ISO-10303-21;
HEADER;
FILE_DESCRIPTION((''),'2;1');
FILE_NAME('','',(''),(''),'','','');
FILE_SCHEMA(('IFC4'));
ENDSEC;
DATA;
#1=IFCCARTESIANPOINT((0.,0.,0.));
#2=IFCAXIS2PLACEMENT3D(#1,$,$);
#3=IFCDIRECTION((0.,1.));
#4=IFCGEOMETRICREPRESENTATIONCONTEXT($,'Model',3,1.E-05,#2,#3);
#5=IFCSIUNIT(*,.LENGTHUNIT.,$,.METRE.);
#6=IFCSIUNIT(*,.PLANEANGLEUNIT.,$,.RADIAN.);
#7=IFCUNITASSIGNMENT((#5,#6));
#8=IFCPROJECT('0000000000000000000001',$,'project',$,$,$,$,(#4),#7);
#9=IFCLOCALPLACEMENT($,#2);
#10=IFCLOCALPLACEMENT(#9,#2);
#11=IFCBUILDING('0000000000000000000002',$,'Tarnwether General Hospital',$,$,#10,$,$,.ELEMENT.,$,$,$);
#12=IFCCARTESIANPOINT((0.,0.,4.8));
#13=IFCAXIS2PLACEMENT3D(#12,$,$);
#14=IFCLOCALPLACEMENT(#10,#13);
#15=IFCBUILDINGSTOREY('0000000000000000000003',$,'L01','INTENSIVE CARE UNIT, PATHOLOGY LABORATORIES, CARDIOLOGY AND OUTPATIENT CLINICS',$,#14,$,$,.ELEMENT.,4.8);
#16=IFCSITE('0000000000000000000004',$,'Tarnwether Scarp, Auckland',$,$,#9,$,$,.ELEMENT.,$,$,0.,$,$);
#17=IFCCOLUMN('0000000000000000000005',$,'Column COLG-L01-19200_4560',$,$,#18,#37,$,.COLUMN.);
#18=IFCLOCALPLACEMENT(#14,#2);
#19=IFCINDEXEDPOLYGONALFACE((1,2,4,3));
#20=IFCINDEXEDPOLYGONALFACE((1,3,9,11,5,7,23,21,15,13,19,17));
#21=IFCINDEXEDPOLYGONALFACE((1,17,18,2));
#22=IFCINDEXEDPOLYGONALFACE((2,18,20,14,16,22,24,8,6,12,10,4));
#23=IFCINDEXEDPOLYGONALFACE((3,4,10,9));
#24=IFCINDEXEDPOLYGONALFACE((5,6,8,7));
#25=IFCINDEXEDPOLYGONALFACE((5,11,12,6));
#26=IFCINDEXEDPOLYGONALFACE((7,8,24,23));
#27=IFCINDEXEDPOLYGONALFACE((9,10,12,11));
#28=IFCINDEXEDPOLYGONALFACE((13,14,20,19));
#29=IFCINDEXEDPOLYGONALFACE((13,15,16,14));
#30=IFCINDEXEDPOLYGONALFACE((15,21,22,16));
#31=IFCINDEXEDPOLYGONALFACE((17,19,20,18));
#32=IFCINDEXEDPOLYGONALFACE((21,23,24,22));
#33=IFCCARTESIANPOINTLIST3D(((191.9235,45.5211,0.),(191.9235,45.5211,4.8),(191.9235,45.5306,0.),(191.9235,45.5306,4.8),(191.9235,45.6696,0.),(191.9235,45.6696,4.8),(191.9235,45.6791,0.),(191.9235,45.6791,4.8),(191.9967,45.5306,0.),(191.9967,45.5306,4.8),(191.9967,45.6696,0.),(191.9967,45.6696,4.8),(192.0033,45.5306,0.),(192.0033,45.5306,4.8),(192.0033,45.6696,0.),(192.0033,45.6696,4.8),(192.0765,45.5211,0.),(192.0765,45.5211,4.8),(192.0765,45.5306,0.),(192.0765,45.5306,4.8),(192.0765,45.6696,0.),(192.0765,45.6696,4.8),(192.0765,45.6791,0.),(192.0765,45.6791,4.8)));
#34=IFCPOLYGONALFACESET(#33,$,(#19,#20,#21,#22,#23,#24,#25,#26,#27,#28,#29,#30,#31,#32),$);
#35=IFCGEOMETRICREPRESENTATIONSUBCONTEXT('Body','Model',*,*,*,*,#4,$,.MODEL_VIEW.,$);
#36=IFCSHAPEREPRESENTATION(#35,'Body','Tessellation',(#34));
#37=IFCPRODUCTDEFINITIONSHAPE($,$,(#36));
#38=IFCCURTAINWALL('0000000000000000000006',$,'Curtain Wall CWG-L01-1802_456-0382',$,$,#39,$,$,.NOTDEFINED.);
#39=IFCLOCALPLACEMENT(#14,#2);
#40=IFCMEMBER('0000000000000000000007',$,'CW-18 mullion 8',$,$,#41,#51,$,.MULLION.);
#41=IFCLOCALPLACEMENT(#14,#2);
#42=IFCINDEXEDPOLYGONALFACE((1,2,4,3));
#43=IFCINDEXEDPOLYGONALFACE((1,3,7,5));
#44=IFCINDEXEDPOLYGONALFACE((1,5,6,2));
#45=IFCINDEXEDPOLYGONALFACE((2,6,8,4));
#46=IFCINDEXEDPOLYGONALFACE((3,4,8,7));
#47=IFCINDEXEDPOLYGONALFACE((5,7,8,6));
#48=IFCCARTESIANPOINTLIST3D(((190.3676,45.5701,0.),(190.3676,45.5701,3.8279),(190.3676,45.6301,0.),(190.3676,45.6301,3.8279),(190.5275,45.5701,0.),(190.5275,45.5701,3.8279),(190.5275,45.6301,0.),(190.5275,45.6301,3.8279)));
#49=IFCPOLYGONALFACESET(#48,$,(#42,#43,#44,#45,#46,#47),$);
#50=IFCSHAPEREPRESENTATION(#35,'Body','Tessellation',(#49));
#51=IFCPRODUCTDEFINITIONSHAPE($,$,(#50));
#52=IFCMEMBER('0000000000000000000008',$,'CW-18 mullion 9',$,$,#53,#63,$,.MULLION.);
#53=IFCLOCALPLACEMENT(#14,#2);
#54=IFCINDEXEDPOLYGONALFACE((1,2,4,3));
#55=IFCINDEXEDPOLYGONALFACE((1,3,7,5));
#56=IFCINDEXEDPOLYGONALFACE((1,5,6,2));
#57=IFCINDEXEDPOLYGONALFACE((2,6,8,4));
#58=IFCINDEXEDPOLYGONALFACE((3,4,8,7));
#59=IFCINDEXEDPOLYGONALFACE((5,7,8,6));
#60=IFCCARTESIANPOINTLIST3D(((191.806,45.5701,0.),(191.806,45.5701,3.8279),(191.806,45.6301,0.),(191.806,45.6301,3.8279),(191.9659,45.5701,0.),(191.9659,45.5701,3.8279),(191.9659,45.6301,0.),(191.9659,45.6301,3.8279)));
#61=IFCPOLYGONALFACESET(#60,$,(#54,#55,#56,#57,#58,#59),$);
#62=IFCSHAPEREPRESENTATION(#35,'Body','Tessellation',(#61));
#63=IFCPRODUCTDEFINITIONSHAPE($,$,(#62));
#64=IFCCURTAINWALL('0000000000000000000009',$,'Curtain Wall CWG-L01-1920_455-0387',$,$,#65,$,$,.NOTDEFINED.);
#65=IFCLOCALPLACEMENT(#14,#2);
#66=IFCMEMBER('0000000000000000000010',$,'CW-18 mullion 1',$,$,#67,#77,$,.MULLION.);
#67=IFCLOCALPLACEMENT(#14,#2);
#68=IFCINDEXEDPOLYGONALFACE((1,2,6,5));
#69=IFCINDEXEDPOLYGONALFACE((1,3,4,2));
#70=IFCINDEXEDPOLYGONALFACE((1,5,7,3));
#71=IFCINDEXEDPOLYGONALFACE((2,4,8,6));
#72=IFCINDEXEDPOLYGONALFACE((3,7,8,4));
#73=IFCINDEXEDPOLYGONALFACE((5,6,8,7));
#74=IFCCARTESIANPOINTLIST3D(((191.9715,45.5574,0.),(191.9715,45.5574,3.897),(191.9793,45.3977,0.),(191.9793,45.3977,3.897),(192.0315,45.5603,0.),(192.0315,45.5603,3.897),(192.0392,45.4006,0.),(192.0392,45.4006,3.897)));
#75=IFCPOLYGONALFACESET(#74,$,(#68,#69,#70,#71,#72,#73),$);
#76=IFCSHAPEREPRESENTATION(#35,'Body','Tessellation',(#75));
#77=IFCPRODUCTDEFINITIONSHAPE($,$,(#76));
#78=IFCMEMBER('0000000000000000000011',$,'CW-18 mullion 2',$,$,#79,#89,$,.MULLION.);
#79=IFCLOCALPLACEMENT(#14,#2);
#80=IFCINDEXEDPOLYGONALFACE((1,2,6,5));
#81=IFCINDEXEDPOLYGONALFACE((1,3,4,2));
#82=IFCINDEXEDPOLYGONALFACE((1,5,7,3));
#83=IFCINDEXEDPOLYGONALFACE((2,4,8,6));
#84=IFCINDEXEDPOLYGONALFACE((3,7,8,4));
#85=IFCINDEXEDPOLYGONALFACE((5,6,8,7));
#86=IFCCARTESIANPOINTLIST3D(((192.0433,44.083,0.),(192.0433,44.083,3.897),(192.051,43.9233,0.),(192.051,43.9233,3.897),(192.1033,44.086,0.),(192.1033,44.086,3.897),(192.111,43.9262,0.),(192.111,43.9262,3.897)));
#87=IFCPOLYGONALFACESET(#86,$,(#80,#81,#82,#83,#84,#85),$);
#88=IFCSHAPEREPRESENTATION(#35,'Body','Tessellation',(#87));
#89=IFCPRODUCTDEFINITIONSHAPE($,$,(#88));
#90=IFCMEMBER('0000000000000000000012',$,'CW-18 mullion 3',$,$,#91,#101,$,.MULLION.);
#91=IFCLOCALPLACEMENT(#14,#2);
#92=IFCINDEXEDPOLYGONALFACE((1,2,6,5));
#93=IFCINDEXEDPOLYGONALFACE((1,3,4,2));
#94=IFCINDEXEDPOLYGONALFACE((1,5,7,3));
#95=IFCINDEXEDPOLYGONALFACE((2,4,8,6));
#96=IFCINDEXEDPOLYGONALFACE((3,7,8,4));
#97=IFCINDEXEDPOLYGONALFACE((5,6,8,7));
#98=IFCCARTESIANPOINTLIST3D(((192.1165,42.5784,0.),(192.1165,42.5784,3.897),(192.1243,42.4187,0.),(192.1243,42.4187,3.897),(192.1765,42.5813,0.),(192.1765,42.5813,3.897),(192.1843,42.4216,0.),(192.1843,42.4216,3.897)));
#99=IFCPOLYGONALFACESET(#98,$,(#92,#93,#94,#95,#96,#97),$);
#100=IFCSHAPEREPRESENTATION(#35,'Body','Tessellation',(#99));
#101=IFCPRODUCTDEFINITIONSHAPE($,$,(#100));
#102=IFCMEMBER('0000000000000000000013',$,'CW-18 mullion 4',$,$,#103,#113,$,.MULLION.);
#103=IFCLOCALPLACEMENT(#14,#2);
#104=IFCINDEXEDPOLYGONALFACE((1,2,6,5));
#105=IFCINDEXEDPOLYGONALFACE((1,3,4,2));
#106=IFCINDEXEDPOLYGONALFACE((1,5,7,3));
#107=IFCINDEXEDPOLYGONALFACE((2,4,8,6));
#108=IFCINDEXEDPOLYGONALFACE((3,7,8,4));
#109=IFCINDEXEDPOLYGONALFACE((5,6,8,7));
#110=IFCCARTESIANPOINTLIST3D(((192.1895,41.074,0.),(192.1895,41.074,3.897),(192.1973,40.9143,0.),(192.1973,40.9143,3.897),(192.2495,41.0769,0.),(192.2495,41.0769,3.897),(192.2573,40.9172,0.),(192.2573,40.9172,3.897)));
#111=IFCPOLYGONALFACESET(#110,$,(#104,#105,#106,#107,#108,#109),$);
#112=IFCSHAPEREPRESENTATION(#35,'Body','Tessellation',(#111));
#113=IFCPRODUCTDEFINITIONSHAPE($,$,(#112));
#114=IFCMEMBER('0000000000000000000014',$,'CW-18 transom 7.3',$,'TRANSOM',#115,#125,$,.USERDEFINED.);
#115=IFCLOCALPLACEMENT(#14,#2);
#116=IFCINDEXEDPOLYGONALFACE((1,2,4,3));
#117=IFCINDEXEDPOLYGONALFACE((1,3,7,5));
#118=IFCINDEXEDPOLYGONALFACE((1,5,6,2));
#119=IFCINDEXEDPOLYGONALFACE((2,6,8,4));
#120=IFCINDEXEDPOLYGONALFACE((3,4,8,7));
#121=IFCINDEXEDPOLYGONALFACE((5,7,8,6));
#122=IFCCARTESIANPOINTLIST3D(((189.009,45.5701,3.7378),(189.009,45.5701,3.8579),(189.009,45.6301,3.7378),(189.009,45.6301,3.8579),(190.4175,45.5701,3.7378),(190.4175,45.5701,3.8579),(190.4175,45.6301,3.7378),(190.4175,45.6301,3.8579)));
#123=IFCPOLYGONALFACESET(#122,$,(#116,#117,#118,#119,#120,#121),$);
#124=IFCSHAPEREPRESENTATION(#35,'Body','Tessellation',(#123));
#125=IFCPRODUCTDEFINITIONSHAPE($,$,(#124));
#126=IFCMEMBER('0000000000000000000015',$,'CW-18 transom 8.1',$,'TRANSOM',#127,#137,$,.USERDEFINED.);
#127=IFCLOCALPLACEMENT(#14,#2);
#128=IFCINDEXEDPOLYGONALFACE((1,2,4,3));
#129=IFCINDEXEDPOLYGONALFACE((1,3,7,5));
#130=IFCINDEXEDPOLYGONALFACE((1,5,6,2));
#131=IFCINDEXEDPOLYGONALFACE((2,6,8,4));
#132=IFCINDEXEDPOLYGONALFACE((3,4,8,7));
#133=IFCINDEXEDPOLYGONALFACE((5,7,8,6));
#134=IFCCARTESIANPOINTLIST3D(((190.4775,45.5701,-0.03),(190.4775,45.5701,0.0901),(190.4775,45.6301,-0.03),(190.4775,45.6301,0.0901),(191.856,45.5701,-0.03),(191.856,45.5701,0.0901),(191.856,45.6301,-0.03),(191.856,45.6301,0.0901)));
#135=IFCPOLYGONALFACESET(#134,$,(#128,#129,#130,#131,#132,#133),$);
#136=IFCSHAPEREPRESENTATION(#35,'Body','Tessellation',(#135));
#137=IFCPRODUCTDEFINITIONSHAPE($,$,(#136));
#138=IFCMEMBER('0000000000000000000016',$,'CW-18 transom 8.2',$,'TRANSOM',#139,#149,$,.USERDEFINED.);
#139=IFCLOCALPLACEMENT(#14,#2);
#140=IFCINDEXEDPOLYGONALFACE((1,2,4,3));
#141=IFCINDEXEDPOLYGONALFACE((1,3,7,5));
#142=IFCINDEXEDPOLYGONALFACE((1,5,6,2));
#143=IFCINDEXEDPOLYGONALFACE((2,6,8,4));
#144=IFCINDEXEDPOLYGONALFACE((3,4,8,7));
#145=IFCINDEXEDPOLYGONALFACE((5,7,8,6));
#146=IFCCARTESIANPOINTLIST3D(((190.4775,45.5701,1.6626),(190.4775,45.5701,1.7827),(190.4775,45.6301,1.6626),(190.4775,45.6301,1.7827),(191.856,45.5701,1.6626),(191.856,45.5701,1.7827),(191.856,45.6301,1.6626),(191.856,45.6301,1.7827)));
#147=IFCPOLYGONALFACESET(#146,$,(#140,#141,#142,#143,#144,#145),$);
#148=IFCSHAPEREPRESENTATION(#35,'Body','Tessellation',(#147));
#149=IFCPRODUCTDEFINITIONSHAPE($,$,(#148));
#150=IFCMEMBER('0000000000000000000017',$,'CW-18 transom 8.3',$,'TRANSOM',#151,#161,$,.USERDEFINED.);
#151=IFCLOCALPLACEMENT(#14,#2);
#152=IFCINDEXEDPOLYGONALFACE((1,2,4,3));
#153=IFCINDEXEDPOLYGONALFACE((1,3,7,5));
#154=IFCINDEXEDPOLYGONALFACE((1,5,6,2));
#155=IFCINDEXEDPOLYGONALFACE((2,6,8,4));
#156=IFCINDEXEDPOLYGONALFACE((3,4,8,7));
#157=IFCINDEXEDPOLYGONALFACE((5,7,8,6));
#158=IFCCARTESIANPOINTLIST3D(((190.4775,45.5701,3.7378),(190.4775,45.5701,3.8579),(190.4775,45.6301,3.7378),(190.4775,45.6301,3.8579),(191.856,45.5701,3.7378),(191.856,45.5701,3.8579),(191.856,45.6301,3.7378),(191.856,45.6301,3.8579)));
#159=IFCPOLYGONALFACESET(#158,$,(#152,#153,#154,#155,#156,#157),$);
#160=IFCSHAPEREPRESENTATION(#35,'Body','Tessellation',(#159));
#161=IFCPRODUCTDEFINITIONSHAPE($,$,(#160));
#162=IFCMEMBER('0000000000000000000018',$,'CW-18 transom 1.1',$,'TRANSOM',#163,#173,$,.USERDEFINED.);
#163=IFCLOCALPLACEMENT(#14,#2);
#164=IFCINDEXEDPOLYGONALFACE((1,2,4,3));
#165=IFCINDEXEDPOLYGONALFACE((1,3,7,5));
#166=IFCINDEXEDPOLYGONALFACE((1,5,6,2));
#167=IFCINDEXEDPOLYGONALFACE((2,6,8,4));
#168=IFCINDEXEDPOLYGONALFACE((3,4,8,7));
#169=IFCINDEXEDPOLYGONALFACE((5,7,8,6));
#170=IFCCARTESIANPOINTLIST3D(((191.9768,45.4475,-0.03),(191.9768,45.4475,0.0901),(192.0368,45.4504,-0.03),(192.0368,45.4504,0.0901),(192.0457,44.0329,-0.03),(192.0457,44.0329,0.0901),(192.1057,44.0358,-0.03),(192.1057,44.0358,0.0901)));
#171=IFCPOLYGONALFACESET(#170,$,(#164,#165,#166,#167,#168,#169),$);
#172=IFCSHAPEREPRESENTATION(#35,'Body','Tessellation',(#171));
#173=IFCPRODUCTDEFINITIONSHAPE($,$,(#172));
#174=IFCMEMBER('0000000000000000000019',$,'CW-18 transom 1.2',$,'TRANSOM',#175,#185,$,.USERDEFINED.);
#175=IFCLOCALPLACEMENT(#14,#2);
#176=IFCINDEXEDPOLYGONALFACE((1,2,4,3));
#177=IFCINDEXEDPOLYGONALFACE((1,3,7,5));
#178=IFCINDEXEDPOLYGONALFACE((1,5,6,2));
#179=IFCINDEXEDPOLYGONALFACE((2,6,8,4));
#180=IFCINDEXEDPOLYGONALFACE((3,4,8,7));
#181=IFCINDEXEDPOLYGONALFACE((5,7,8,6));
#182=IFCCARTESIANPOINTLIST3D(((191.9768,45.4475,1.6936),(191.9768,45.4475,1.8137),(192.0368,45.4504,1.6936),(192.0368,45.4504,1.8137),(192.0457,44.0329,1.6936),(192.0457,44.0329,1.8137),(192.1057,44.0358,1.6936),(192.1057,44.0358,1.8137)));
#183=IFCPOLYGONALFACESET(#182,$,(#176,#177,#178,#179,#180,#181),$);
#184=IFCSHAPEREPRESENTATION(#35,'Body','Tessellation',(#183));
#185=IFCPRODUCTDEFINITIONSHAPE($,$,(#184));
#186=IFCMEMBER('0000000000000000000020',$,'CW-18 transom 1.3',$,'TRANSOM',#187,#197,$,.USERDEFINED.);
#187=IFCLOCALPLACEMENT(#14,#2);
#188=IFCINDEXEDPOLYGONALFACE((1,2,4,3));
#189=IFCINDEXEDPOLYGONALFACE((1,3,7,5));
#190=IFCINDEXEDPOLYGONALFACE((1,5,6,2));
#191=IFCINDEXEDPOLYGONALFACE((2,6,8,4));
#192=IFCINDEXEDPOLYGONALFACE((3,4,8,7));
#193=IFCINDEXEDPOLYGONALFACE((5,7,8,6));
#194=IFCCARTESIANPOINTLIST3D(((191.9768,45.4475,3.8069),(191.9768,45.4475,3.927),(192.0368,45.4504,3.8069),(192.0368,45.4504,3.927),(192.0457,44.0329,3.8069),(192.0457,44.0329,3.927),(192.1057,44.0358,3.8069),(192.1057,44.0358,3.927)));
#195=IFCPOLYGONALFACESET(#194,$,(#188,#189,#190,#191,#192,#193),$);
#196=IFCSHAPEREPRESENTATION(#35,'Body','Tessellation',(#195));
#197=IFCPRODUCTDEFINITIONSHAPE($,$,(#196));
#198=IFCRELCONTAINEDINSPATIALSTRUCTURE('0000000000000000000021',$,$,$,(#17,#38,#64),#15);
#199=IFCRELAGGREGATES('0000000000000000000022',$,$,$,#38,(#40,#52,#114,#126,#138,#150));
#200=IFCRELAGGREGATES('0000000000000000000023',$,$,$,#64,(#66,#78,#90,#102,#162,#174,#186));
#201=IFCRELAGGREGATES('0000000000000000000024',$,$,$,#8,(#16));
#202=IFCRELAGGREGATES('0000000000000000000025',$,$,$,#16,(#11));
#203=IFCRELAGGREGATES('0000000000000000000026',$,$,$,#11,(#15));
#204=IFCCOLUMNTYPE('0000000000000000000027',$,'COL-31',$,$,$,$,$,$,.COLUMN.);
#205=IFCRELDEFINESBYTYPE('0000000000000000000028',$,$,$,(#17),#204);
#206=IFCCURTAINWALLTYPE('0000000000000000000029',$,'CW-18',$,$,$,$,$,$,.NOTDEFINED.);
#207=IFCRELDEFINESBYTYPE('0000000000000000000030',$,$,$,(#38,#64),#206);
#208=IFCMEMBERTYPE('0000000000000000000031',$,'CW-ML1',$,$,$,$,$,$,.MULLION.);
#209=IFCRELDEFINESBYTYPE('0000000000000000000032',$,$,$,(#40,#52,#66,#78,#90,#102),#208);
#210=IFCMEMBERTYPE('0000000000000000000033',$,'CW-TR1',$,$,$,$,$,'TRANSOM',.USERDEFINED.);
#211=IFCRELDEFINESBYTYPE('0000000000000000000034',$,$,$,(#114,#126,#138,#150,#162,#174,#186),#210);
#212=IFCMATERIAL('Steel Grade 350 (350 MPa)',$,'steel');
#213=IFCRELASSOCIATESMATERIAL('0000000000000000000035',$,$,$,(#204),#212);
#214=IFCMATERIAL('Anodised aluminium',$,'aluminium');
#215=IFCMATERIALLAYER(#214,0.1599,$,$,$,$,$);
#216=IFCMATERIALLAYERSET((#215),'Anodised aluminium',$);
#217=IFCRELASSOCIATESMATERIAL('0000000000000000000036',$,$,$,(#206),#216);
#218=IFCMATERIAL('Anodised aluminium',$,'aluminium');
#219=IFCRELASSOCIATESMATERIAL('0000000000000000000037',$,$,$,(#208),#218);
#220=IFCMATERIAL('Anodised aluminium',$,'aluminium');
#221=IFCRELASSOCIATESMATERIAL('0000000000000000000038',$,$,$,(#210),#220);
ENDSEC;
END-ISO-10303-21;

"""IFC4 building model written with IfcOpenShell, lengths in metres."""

from ifc_helpers import new_model, si_unit, direction, frame, origin, origin_2d, place, context, subcontext, project, spatial, rectangle, i_section, extrude, material, layer, layer_set, material_profile, profile_set, type_object, element, aggregate, save


model = new_model("IFC4")

# Units and contexts
model_context = context("Model", 3, precision=1e-05, world=origin(), true_north=direction((0.0, 1.0)))
body_context = subcontext(model_context, "Body", "Model", "MODEL_VIEW")
ifc_project = project(units=[si_unit("LENGTHUNIT", "METRE"), si_unit("PLANEANGLEUNIT", "RADIAN")], contexts=[model_context])

# Site, building, storey
site_placement = place(None, origin())
site = spatial("IfcSite", under=ifc_project, at=site_placement, Name="Tarnwether Scarp, Auckland", CompositionType="ELEMENT", RefElevation=0.0)
building_placement = place(site_placement, origin())
building = spatial("IfcBuilding", under=site, at=building_placement, Name="Tarnwether General Hospital", CompositionType="ELEMENT")
storey_placement = place(building_placement, frame((0.0, 0.0, 4.8)))
storey = spatial("IfcBuildingStorey", under=building, at=storey_placement, Name="L01", Description="INTENSIVE CARE UNIT, PATHOLOGY LABORATORIES, CARDIOLOGY AND OUTPATIENT CLINICS", CompositionType="ELEMENT", Elevation=4.8)

# Column
ifc_material_1 = material(Name="Steel Grade 350 (350 MPa)", Category="steel")
ifc_material_profile_1 = material_profile(ifc_material_1, i_section(OverallWidth=0.1531, OverallDepth=0.158, WebThickness=0.0066, FlangeThickness=0.0095, at=origin_2d()), Name="150UC30.0")
ifc_profile_set_1 = profile_set([ifc_material_profile_1], Name="Steel Grade 350 (350 MPa)")
column_type = type_object("IfcColumnType", Name="COL-31", PredefinedType="COLUMN", material=ifc_profile_set_1)
column_placement = place(storey_placement, frame((192.0, 45.6001, 0.0), z_axis=(0.0, 0.0, 1.0), x_axis=(1.0, 0.0, 0.0)))
element("IfcColumn", 1, at=column_placement, inside=storey, type_object=column_type, Name="Column COLG-L01-19200_4560", PredefinedType="COLUMN", context=body_context, shape_type="SweptSolid", body=[
    extrude(i_section(OverallWidth=0.1531, OverallDepth=0.158, WebThickness=0.0066, FlangeThickness=0.0095, at=origin_2d()), origin(), (0.0, 0.0, 1.0), 4.8),
])

# Curtain walls, members
ifc_material_2 = material(Name="Anodised aluminium", Category="aluminium")
ifc_layer_1 = layer(ifc_material_2, 0.1599)
ifc_layer_set_1 = layer_set([ifc_layer_1], Name="Anodised aluminium")
curtain_wall_type = type_object("IfcCurtainWallType", Name="CW-18", PredefinedType="NOTDEFINED", material=ifc_layer_set_1)
curtain_wall_1_placement = place(storey_placement, origin())
curtain_wall_1 = element("IfcCurtainWall", 2, at=curtain_wall_1_placement, inside=storey, type_object=curtain_wall_type, Name="Curtain Wall CWG-L01-1802_456-0382", PredefinedType="NOTDEFINED")
ifc_material_3 = material(Name="Anodised aluminium", Category="aluminium")
ifc_material_profile_2 = material_profile(ifc_material_3, rectangle(XDim=0.0601, YDim=0.1599, at=origin_2d()), Name="ALU-MUL-60x160")
ifc_profile_set_2 = profile_set([ifc_material_profile_2], Name="Anodised aluminium")
member_type_1 = type_object("IfcMemberType", Name="CW-ML1", PredefinedType="MULLION", material=ifc_profile_set_2)
member_1_placement = place(storey_placement, frame((190.4475, 45.6001, 0.0), z_axis=(0.0, 0.0, 1.0), x_axis=(0.0, 1.0, 0.0)))
member_1 = element("IfcMember", 3, at=member_1_placement, type_object=member_type_1, Name="CW-18 mullion 8", PredefinedType="MULLION", context=body_context, shape_type="SweptSolid", body=[
    extrude(rectangle(XDim=0.0601, YDim=0.1599, at=origin_2d()), origin(), (0.0, 0.0, 1.0), 3.8279),
])
member_2_placement = place(storey_placement, frame((191.886, 45.6001, 0.0), z_axis=(0.0, 0.0, 1.0), x_axis=(0.0, 1.0, 0.0)))
member_2 = element("IfcMember", 4, at=member_2_placement, type_object=member_type_1, Name="CW-18 mullion 9", PredefinedType="MULLION", context=body_context, shape_type="SweptSolid", body=[
    extrude(rectangle(XDim=0.0601, YDim=0.1599, at=origin_2d()), origin(), (0.0, 0.0, 1.0), 3.8279),
])
curtain_wall_2_placement = place(storey_placement, origin())
curtain_wall_2 = element("IfcCurtainWall", 5, at=curtain_wall_2_placement, inside=storey, type_object=curtain_wall_type, Name="Curtain Wall CWG-L01-1920_455-0387", PredefinedType="NOTDEFINED")
member_3_placement = place(storey_placement, frame((192.0054, 45.479, 0.0), z_axis=(0.0, 0.0, 1.0), x_axis=(0.99882, 0.04857, 0.0)))
member_3 = element("IfcMember", 6, at=member_3_placement, type_object=member_type_1, Name="CW-18 mullion 1", PredefinedType="MULLION", context=body_context, shape_type="SweptSolid", body=[
    extrude(rectangle(XDim=0.0601, YDim=0.1599, at=origin_2d()), origin(), (0.0, 0.0, 1.0), 3.897),
])
member_4_placement = place(storey_placement, frame((192.0771, 44.0046, 0.0), z_axis=(0.0, 0.0, 1.0), x_axis=(0.99882, 0.04857, 0.0)))
member_4 = element("IfcMember", 7, at=member_4_placement, type_object=member_type_1, Name="CW-18 mullion 2", PredefinedType="MULLION", context=body_context, shape_type="SweptSolid", body=[
    extrude(rectangle(XDim=0.0601, YDim=0.1599, at=origin_2d()), origin(), (0.0, 0.0, 1.0), 3.897),
])
member_5_placement = place(storey_placement, frame((192.1504, 42.5, 0.0), z_axis=(0.0, 0.0, 1.0), x_axis=(0.99882, 0.04857, 0.0)))
member_5 = element("IfcMember", 8, at=member_5_placement, type_object=member_type_1, Name="CW-18 mullion 3", PredefinedType="MULLION", context=body_context, shape_type="SweptSolid", body=[
    extrude(rectangle(XDim=0.0601, YDim=0.1599, at=origin_2d()), origin(), (0.0, 0.0, 1.0), 3.897),
])
member_6_placement = place(storey_placement, frame((192.2234, 40.9956, 0.0), z_axis=(0.0, 0.0, 1.0), x_axis=(0.99882, 0.04857, 0.0)))
member_6 = element("IfcMember", 9, at=member_6_placement, type_object=member_type_1, Name="CW-18 mullion 4", PredefinedType="MULLION", context=body_context, shape_type="SweptSolid", body=[
    extrude(rectangle(XDim=0.0601, YDim=0.1599, at=origin_2d()), origin(), (0.0, 0.0, 1.0), 3.897),
])

# Members
ifc_material_4 = material(Name="Anodised aluminium", Category="aluminium")
ifc_material_profile_3 = material_profile(ifc_material_4, rectangle(XDim=0.0601, YDim=0.1201, at=origin_2d()), Name="ALU-TRN-60x120")
ifc_profile_set_3 = profile_set([ifc_material_profile_3], Name="Anodised aluminium")
member_type_2 = type_object("IfcMemberType", Name="CW-TR1", ElementType="TRANSOM", PredefinedType="USERDEFINED", material=ifc_profile_set_3)
member_7_placement = place(storey_placement, frame((189.009, 45.6001, 3.7979), z_axis=(1.0, 0.0, 0.0), x_axis=(0.0, 1.0, 0.0)))
member_7 = element("IfcMember", 10, at=member_7_placement, type_object=member_type_2, Name="CW-18 transom 7.3", ObjectType="TRANSOM", PredefinedType="USERDEFINED", context=body_context, shape_type="SweptSolid", body=[
    extrude(rectangle(XDim=0.0601, YDim=0.1201, at=origin_2d()), origin(), (0.0, 0.0, 1.0), 1.4084),
])
member_8_placement = place(storey_placement, frame((190.4775, 45.6001, 0.03), z_axis=(1.0, 0.0, 0.0), x_axis=(0.0, 1.0, 0.0)))
member_8 = element("IfcMember", 11, at=member_8_placement, type_object=member_type_2, Name="CW-18 transom 8.1", ObjectType="TRANSOM", PredefinedType="USERDEFINED", context=body_context, shape_type="SweptSolid", body=[
    extrude(rectangle(XDim=0.0601, YDim=0.1201, at=origin_2d()), origin(), (0.0, 0.0, 1.0), 1.3784),
])
member_9_placement = place(storey_placement, frame((190.4775, 45.6001, 1.7227), z_axis=(1.0, 0.0, 0.0), x_axis=(0.0, 1.0, 0.0)))
member_9 = element("IfcMember", 12, at=member_9_placement, type_object=member_type_2, Name="CW-18 transom 8.2", ObjectType="TRANSOM", PredefinedType="USERDEFINED", context=body_context, shape_type="SweptSolid", body=[
    extrude(rectangle(XDim=0.0601, YDim=0.1201, at=origin_2d()), origin(), (0.0, 0.0, 1.0), 1.3784),
])
member_10_placement = place(storey_placement, frame((190.4775, 45.6001, 3.7979), z_axis=(1.0, 0.0, 0.0), x_axis=(0.0, 1.0, 0.0)))
member_10 = element("IfcMember", 13, at=member_10_placement, type_object=member_type_2, Name="CW-18 transom 8.3", ObjectType="TRANSOM", PredefinedType="USERDEFINED", context=body_context, shape_type="SweptSolid", body=[
    extrude(rectangle(XDim=0.0601, YDim=0.1201, at=origin_2d()), origin(), (0.0, 0.0, 1.0), 1.3784),
])
member_11_placement = place(storey_placement, frame((192.0068, 45.449, 0.03), z_axis=(0.048613, -0.998818, 0.0), x_axis=(0.998818, 0.048613, 0.0)))
member_11 = element("IfcMember", 14, at=member_11_placement, type_object=member_type_2, Name="CW-18 transom 1.1", ObjectType="TRANSOM", PredefinedType="USERDEFINED", context=body_context, shape_type="SweptSolid", body=[
    extrude(rectangle(XDim=0.0601, YDim=0.1201, at=origin_2d()), origin(), (0.0, 0.0, 1.0), 1.4163),
])
member_12_placement = place(storey_placement, frame((192.0068, 45.449, 1.7537), z_axis=(0.048613, -0.998818, 0.0), x_axis=(0.998818, 0.048613, 0.0)))
member_12 = element("IfcMember", 15, at=member_12_placement, type_object=member_type_2, Name="CW-18 transom 1.2", ObjectType="TRANSOM", PredefinedType="USERDEFINED", context=body_context, shape_type="SweptSolid", body=[
    extrude(rectangle(XDim=0.0601, YDim=0.1201, at=origin_2d()), origin(), (0.0, 0.0, 1.0), 1.4163),
])
member_13_placement = place(storey_placement, frame((192.0068, 45.449, 3.8669), z_axis=(0.048613, -0.998818, 0.0), x_axis=(0.998818, 0.048613, 0.0)))
member_13 = element("IfcMember", 16, at=member_13_placement, type_object=member_type_2, Name="CW-18 transom 1.3", ObjectType="TRANSOM", PredefinedType="USERDEFINED", context=body_context, shape_type="SweptSolid", body=[
    extrude(rectangle(XDim=0.0601, YDim=0.1201, at=origin_2d()), origin(), (0.0, 0.0, 1.0), 1.4163),
])

aggregate(curtain_wall_1, [member_1, member_2, member_7, member_8, member_9, member_10])
aggregate(curtain_wall_2, [member_3, member_4, member_5, member_6, member_11, member_12, member_13])

save(model, "model.ifc")
